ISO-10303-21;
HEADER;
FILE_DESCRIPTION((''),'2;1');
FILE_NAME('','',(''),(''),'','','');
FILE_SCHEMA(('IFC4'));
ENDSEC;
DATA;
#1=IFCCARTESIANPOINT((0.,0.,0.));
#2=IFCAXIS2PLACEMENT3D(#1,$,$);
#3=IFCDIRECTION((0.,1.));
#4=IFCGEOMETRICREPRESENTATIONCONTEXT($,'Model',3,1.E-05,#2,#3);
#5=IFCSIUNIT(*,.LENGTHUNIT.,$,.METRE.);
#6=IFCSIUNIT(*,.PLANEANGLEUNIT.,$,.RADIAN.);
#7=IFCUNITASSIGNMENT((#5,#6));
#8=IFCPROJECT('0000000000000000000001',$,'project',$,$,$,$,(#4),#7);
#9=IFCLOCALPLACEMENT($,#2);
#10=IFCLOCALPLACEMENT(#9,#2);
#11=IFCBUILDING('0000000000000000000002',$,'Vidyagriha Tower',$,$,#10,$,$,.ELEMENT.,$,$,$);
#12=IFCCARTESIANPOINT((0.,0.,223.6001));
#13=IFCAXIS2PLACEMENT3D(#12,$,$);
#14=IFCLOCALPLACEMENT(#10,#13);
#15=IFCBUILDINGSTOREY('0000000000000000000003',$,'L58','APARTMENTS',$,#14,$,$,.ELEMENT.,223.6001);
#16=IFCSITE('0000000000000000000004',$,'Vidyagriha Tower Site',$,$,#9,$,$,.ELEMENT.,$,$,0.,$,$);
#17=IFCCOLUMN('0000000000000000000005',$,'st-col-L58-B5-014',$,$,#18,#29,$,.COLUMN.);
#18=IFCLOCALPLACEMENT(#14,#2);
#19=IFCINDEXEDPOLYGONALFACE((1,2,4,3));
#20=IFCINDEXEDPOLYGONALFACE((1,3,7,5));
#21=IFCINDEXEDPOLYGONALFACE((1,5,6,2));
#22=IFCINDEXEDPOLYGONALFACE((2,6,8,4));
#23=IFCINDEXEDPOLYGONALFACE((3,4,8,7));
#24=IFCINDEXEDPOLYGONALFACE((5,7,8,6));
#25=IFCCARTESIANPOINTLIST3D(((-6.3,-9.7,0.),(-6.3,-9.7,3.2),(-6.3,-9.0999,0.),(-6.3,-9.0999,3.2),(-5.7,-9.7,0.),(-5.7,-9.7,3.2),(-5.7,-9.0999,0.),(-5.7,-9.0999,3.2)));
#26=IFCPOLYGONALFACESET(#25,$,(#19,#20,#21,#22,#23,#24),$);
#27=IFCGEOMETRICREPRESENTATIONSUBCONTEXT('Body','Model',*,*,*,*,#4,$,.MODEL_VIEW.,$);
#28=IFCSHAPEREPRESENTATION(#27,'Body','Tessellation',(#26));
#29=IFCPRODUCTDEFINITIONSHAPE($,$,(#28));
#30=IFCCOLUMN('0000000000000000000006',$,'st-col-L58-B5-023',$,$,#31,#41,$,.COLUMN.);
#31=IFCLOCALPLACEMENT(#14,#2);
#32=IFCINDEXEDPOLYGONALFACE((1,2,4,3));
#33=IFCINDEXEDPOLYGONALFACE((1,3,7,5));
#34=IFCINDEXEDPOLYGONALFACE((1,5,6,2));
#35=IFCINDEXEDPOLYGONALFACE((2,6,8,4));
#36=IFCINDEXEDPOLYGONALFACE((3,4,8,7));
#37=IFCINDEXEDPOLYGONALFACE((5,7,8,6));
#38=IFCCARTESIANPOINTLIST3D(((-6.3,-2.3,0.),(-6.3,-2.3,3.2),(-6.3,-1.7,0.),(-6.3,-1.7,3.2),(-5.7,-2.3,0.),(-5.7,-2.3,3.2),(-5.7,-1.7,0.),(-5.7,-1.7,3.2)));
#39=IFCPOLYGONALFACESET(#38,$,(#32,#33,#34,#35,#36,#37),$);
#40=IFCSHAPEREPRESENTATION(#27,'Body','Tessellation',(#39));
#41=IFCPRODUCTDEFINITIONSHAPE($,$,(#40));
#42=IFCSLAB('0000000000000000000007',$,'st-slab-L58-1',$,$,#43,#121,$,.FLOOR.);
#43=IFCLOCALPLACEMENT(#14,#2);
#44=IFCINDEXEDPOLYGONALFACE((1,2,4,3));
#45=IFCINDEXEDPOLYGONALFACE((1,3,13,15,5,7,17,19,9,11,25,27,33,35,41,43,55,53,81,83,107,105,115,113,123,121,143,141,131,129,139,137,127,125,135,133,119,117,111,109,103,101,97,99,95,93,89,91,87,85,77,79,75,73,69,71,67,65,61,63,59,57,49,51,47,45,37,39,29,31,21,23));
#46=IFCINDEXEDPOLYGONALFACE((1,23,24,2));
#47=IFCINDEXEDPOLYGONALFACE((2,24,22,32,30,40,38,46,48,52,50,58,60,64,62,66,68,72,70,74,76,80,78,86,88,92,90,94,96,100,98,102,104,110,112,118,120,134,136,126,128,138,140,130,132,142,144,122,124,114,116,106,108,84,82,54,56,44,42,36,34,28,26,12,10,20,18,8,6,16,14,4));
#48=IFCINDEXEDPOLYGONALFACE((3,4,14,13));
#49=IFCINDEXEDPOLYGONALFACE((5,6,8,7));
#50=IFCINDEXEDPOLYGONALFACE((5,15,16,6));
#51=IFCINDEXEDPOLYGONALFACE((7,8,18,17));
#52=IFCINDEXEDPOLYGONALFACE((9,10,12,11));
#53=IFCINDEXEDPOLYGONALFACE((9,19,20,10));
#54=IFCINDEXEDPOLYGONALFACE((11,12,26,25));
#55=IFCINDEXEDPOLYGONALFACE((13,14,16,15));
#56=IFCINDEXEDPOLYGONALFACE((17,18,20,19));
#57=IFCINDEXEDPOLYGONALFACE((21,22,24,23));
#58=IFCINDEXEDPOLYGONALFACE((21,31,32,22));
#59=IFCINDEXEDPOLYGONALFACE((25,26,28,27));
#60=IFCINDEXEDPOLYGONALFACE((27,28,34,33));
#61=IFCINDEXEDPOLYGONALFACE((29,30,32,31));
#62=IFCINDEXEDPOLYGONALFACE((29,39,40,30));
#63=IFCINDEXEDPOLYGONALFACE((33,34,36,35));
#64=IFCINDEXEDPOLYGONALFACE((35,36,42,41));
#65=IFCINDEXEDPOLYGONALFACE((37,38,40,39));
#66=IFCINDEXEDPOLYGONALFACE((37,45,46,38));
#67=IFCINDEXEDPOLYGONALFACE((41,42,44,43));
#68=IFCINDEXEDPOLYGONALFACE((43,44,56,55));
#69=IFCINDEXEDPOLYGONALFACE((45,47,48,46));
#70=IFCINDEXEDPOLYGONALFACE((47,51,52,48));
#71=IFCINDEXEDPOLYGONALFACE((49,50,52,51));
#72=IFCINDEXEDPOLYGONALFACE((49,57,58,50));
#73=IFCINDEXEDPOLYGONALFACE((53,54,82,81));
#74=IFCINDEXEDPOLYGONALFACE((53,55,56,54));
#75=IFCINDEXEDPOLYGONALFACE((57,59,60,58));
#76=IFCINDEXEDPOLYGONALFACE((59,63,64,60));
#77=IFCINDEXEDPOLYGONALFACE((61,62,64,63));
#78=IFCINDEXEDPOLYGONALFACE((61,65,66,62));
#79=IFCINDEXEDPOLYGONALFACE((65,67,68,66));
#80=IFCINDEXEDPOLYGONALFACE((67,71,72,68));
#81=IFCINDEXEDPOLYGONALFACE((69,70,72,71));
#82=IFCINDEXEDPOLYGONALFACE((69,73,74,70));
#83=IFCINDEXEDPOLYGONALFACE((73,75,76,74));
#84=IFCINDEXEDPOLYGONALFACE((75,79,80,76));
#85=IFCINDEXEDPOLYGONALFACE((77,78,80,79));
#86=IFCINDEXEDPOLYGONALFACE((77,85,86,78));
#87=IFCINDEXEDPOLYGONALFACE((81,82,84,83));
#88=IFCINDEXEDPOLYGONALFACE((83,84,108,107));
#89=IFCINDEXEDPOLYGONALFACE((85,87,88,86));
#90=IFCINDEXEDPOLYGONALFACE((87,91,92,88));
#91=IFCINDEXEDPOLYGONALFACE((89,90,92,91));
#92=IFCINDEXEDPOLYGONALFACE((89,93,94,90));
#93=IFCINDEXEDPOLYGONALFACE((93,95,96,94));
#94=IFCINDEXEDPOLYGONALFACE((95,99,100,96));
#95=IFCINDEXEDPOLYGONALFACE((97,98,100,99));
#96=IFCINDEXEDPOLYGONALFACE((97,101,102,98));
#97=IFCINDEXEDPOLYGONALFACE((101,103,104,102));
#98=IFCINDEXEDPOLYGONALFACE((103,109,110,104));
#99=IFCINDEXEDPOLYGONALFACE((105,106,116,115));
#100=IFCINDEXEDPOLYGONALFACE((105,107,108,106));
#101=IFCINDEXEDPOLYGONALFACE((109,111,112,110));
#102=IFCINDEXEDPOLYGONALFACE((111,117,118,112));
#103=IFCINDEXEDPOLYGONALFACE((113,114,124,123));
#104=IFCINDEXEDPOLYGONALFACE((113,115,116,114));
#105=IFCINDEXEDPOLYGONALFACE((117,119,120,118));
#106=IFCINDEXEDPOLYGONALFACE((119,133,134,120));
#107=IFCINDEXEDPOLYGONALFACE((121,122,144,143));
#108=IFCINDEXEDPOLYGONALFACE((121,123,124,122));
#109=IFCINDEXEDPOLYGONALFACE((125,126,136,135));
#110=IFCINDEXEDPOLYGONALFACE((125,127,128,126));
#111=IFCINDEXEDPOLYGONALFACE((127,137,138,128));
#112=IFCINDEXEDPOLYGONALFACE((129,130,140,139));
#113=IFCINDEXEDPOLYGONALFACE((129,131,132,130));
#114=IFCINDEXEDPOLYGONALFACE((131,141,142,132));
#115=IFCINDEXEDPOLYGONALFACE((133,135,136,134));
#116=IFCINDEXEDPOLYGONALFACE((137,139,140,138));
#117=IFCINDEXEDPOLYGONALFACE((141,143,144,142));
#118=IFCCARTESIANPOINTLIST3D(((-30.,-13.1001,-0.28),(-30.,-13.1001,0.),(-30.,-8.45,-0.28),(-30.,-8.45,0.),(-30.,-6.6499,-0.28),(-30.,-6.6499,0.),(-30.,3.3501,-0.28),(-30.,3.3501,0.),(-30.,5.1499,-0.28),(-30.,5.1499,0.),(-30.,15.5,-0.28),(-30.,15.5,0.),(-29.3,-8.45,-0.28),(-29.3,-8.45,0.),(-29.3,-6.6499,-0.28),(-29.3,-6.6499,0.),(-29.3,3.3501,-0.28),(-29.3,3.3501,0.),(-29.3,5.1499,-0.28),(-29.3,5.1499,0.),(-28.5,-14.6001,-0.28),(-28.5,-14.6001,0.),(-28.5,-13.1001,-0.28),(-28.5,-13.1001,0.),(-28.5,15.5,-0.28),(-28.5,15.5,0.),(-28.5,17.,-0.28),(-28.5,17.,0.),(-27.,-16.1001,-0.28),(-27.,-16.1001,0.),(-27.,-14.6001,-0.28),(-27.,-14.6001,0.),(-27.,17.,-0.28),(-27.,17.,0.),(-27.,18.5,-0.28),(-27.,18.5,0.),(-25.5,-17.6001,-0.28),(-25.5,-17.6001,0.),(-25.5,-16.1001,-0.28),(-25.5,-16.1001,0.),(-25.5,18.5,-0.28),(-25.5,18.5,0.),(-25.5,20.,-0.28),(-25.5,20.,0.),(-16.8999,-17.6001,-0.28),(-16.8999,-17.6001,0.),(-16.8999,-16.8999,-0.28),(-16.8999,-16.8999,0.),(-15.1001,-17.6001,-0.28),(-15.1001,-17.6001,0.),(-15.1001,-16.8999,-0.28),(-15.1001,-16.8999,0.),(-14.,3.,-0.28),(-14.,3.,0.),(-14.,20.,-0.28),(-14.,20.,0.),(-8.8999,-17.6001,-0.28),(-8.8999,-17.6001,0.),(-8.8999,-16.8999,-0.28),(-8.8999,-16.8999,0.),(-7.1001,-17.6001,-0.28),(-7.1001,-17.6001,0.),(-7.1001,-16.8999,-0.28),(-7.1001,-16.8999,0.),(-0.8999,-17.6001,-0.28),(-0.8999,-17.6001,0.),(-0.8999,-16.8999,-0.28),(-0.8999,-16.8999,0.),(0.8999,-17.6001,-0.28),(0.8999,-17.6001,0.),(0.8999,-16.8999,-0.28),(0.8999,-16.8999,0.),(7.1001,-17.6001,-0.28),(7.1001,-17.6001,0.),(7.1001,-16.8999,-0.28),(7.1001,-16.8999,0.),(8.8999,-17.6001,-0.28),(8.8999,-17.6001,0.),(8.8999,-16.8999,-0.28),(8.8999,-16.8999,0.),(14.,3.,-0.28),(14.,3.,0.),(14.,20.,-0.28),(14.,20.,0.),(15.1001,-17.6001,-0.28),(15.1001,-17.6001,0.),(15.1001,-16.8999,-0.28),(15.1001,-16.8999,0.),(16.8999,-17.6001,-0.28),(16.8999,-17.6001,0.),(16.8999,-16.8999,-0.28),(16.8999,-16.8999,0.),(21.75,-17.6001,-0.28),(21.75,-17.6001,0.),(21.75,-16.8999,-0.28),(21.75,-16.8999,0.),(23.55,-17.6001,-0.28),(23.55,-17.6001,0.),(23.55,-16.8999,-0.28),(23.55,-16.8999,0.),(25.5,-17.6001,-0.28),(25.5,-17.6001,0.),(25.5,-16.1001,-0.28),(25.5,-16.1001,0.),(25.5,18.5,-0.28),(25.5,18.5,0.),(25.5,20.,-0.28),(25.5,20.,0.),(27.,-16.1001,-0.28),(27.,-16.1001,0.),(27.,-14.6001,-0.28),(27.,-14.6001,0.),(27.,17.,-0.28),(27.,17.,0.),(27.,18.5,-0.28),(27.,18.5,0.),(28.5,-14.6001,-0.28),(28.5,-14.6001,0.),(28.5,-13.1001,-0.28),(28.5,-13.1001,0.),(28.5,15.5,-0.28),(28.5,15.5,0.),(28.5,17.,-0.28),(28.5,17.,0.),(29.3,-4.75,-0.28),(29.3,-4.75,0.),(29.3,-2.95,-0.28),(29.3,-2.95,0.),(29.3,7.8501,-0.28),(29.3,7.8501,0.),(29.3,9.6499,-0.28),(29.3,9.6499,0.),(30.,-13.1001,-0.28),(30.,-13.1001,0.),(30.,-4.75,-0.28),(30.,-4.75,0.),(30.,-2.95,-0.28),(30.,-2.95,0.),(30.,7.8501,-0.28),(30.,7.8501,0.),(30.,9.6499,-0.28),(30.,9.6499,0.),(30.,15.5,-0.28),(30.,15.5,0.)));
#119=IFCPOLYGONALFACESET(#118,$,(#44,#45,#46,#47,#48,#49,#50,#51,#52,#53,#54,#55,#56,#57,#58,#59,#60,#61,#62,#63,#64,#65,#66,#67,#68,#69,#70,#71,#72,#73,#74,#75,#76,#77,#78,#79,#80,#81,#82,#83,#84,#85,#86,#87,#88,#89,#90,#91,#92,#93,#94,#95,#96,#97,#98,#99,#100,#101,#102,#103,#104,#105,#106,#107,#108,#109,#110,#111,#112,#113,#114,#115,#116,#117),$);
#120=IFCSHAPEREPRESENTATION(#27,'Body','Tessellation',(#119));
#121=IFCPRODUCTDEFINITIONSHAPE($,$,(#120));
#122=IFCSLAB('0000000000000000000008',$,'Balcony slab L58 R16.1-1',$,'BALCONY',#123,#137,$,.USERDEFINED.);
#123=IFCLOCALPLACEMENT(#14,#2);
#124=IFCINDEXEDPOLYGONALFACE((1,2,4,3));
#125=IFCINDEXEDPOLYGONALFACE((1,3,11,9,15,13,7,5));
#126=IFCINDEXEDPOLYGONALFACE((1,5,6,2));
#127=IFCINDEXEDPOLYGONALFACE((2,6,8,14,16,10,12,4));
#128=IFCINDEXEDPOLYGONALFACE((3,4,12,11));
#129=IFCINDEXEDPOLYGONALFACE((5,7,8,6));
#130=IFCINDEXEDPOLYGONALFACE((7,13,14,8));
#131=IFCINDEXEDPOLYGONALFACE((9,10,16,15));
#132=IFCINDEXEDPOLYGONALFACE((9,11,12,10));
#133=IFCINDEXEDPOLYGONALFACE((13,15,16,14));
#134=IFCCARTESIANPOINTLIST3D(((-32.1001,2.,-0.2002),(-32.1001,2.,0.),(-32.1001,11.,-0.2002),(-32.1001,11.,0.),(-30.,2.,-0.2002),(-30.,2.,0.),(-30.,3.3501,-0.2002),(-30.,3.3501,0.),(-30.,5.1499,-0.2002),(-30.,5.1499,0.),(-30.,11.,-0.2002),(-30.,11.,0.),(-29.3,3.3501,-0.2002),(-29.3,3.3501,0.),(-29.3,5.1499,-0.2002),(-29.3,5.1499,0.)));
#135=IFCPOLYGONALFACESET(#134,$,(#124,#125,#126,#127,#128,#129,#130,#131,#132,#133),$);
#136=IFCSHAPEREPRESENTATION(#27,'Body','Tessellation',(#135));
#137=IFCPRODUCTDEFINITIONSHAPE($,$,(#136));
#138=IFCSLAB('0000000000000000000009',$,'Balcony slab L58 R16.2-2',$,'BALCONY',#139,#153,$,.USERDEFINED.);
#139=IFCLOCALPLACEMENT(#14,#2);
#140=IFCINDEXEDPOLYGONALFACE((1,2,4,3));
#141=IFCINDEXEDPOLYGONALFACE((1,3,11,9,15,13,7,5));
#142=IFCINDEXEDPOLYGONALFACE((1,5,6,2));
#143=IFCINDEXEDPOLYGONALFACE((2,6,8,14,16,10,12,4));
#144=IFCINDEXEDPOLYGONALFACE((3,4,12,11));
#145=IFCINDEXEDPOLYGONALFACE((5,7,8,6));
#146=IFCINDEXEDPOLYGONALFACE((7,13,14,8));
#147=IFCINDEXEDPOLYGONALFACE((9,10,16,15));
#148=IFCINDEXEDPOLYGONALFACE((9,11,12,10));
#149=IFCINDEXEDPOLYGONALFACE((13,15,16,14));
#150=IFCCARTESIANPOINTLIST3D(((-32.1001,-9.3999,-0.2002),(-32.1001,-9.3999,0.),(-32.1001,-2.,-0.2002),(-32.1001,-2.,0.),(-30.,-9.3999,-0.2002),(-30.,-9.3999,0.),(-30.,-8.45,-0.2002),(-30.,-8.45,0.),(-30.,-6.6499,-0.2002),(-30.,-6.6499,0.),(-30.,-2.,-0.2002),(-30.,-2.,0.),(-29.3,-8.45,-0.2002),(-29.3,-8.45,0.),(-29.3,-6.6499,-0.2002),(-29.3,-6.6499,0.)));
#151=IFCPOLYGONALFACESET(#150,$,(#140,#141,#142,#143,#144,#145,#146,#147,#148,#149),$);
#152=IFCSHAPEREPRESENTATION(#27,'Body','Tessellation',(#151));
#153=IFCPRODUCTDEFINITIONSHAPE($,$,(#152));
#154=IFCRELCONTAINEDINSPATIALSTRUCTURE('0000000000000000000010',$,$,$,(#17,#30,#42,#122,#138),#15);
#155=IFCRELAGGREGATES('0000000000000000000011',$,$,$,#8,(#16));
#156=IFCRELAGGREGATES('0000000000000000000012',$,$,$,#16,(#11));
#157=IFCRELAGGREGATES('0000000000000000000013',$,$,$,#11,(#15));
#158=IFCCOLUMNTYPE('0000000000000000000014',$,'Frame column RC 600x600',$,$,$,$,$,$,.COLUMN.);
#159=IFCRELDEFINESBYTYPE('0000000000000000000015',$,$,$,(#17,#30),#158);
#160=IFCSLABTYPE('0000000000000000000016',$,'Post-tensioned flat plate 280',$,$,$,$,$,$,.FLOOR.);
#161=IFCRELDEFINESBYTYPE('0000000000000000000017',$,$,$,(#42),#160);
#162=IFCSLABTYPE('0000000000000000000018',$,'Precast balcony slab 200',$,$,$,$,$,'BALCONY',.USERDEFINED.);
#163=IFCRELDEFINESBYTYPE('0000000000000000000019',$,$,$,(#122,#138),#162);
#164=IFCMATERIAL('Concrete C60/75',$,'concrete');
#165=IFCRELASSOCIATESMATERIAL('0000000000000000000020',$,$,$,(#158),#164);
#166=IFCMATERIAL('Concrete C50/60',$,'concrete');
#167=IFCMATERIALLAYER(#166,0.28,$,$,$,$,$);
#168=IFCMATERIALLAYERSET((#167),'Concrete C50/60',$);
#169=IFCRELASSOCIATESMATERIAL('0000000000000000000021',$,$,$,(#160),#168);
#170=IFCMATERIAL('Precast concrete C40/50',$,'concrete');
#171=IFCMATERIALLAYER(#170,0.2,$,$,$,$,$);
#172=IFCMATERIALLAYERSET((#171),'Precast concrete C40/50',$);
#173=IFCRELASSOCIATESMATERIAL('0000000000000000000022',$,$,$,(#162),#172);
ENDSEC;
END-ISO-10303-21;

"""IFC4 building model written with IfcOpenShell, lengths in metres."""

from ifc_helpers import new_model, si_unit, direction, frame, origin, origin_2d, place, context, subcontext, project, spatial, polyline, rectangle, outline, extrude, material, layer, layer_set, material_profile, profile_set, type_object, element, save


model = new_model("IFC4")

# Units and contexts
model_context = context("Model", 3, precision=1e-05, world=origin(), true_north=direction((0.0, 1.0)))
body_context = subcontext(model_context, "Body", "Model", "MODEL_VIEW")
ifc_project = project(units=[si_unit("LENGTHUNIT", "METRE"), si_unit("PLANEANGLEUNIT", "RADIAN")], contexts=[model_context])

# Site, building, storey
site_placement = place(None, origin())
site = spatial("IfcSite", under=ifc_project, at=site_placement, Name="Vidyagriha Tower Site", CompositionType="ELEMENT", RefElevation=0.0)
building_placement = place(site_placement, origin())
building = spatial("IfcBuilding", under=site, at=building_placement, Name="Vidyagriha Tower", CompositionType="ELEMENT")
storey_placement = place(building_placement, frame((0.0, 0.0, 223.6001)))
storey = spatial("IfcBuildingStorey", under=building, at=storey_placement, Name="L58", Description="APARTMENTS", CompositionType="ELEMENT", Elevation=223.6001)

# Columns
ifc_material_1 = material(Name="Concrete C60/75", Category="concrete")
ifc_material_profile = material_profile(ifc_material_1, rectangle(XDim=0.6001, YDim=0.6001, at=origin_2d()), Name="RC 600x600")
ifc_profile_set = profile_set([ifc_material_profile], Name="Concrete C60/75")
column_type = type_object("IfcColumnType", Name="Frame column RC 600x600", PredefinedType="COLUMN", material=ifc_profile_set)
for number, where, name in (
    (1, (-6.0, -9.3999, 0.0), "st-col-L58-B5-014"),
    (2, (-6.0, -2.0, 0.0), "st-col-L58-B5-023"),
):
    element("IfcColumn", number, at=place(storey_placement, frame(where)), inside=storey, type_object=column_type, Name=name, PredefinedType="COLUMN", context=body_context, shape_type="SweptSolid", body=[
        extrude(rectangle(XDim=0.6001, YDim=0.6001, at=origin_2d()), origin(), (0.0, 0.0, 1.0), 3.2),
    ])

# Slabs
ifc_material_2 = material(Name="Concrete C50/60", Category="concrete")
ifc_layer_1 = layer(ifc_material_2, 0.28)
ifc_layer_set_1 = layer_set([ifc_layer_1], Name="Concrete C50/60")
slab_type_1 = type_object("IfcSlabType", Name="Post-tensioned flat plate 280", PredefinedType="FLOOR", material=ifc_layer_set_1)
slab_1_placement = place(storey_placement, frame((0.0, 0.0, -0.28)))
element("IfcSlab", 3, at=slab_1_placement, inside=storey, type_object=slab_type_1, Name="st-slab-L58-1", PredefinedType="FLOOR", context=body_context, shape_type="SweptSolid", body=[
    extrude(outline(polyline([(28.5, -14.6001), (27.0, -14.6001), (27.0, -16.1001), (25.5, -16.1001), (25.5, -17.6001), (23.55, -17.6001), (23.55, -16.8999), (21.75, -16.8999), (21.75, -17.6001), (16.8999, -17.6001), (16.8999, -16.8999), (15.1001, -16.8999), (15.1001, -17.6001), (8.8999, -17.6001), (8.8999, -16.8999), (7.1001, -16.8999), (7.1001, -17.6001), (0.8999, -17.6001), (0.8999, -16.8999), (-0.8999, -16.8999), (-0.8999, -17.6001), (-7.1001, -17.6001), (-7.1001, -16.8999), (-8.8999, -16.8999), (-8.8999, -17.6001), (-15.1001, -17.6001), (-15.1001, -16.8999), (-16.8999, -16.8999), (-16.8999, -17.6001), (-25.5, -17.6001), (-25.5, -16.1001), (-27.0, -16.1001), (-27.0, -14.6001), (-28.5, -14.6001), (-28.5, -13.1001), (-30.0, -13.1001), (-30.0, -8.45), (-29.3, -8.45), (-29.3, -6.6499), (-30.0, -6.6499), (-30.0, 3.3501), (-29.3, 3.3501), (-29.3, 5.1499), (-30.0, 5.1499), (-30.0, 15.5), (-28.5, 15.5), (-28.5, 17.0), (-27.0, 17.0), (-27.0, 18.5), (-25.5, 18.5), (-25.5, 20.0), (-14.0, 20.0), (-14.0, 3.0), (14.0, 3.0), (14.0, 20.0), (25.5, 20.0), (25.5, 18.5), (27.0, 18.5), (27.0, 17.0), (28.5, 17.0), (28.5, 15.5), (30.0, 15.5), (30.0, 9.6499), (29.3, 9.6499), (29.3, 7.8501), (30.0, 7.8501), (30.0, -2.95), (29.3, -2.95), (29.3, -4.75), (30.0, -4.75), (30.0, -13.1001), (28.5, -13.1001), (28.5, -14.6001)])), origin(), (0.0, 0.0, 1.0), 0.28),
])
ifc_material_3 = material(Name="Precast concrete C40/50", Category="concrete")
ifc_layer_2 = layer(ifc_material_3, 0.2)
ifc_layer_set_2 = layer_set([ifc_layer_2], Name="Precast concrete C40/50")
slab_type_2 = type_object("IfcSlabType", Name="Precast balcony slab 200", ElementType="BALCONY", PredefinedType="USERDEFINED", material=ifc_layer_set_2)
slab_2_placement = place(storey_placement, frame((0.0, 0.0, -0.2002)))
element("IfcSlab", 4, at=slab_2_placement, inside=storey, type_object=slab_type_2, Name="Balcony slab L58 R16.1-1", ObjectType="BALCONY", PredefinedType="USERDEFINED", context=body_context, shape_type="SweptSolid", body=[
    extrude(outline(polyline([(-29.3, 3.3501), (-29.3, 5.1499), (-30.0, 5.1499), (-30.0, 11.0), (-32.1001, 11.0), (-32.1001, 2.0), (-30.0, 2.0), (-30.0, 3.3501), (-29.3, 3.3501)])), origin(), (0.0, 0.0, 1.0), 0.2002),
])
slab_3_placement = place(storey_placement, frame((0.0, 0.0, -0.2002)))
element("IfcSlab", 5, at=slab_3_placement, inside=storey, type_object=slab_type_2, Name="Balcony slab L58 R16.2-2", ObjectType="BALCONY", PredefinedType="USERDEFINED", context=body_context, shape_type="SweptSolid", body=[
    extrude(outline(polyline([(-29.3, -8.45), (-29.3, -6.6499), (-30.0, -6.6499), (-30.0, -2.0), (-32.1001, -2.0), (-32.1001, -9.3999), (-30.0, -9.3999), (-30.0, -8.45), (-29.3, -8.45)])), origin(), (0.0, 0.0, 1.0), 0.2002),
])

save(model, "model.ifc")
